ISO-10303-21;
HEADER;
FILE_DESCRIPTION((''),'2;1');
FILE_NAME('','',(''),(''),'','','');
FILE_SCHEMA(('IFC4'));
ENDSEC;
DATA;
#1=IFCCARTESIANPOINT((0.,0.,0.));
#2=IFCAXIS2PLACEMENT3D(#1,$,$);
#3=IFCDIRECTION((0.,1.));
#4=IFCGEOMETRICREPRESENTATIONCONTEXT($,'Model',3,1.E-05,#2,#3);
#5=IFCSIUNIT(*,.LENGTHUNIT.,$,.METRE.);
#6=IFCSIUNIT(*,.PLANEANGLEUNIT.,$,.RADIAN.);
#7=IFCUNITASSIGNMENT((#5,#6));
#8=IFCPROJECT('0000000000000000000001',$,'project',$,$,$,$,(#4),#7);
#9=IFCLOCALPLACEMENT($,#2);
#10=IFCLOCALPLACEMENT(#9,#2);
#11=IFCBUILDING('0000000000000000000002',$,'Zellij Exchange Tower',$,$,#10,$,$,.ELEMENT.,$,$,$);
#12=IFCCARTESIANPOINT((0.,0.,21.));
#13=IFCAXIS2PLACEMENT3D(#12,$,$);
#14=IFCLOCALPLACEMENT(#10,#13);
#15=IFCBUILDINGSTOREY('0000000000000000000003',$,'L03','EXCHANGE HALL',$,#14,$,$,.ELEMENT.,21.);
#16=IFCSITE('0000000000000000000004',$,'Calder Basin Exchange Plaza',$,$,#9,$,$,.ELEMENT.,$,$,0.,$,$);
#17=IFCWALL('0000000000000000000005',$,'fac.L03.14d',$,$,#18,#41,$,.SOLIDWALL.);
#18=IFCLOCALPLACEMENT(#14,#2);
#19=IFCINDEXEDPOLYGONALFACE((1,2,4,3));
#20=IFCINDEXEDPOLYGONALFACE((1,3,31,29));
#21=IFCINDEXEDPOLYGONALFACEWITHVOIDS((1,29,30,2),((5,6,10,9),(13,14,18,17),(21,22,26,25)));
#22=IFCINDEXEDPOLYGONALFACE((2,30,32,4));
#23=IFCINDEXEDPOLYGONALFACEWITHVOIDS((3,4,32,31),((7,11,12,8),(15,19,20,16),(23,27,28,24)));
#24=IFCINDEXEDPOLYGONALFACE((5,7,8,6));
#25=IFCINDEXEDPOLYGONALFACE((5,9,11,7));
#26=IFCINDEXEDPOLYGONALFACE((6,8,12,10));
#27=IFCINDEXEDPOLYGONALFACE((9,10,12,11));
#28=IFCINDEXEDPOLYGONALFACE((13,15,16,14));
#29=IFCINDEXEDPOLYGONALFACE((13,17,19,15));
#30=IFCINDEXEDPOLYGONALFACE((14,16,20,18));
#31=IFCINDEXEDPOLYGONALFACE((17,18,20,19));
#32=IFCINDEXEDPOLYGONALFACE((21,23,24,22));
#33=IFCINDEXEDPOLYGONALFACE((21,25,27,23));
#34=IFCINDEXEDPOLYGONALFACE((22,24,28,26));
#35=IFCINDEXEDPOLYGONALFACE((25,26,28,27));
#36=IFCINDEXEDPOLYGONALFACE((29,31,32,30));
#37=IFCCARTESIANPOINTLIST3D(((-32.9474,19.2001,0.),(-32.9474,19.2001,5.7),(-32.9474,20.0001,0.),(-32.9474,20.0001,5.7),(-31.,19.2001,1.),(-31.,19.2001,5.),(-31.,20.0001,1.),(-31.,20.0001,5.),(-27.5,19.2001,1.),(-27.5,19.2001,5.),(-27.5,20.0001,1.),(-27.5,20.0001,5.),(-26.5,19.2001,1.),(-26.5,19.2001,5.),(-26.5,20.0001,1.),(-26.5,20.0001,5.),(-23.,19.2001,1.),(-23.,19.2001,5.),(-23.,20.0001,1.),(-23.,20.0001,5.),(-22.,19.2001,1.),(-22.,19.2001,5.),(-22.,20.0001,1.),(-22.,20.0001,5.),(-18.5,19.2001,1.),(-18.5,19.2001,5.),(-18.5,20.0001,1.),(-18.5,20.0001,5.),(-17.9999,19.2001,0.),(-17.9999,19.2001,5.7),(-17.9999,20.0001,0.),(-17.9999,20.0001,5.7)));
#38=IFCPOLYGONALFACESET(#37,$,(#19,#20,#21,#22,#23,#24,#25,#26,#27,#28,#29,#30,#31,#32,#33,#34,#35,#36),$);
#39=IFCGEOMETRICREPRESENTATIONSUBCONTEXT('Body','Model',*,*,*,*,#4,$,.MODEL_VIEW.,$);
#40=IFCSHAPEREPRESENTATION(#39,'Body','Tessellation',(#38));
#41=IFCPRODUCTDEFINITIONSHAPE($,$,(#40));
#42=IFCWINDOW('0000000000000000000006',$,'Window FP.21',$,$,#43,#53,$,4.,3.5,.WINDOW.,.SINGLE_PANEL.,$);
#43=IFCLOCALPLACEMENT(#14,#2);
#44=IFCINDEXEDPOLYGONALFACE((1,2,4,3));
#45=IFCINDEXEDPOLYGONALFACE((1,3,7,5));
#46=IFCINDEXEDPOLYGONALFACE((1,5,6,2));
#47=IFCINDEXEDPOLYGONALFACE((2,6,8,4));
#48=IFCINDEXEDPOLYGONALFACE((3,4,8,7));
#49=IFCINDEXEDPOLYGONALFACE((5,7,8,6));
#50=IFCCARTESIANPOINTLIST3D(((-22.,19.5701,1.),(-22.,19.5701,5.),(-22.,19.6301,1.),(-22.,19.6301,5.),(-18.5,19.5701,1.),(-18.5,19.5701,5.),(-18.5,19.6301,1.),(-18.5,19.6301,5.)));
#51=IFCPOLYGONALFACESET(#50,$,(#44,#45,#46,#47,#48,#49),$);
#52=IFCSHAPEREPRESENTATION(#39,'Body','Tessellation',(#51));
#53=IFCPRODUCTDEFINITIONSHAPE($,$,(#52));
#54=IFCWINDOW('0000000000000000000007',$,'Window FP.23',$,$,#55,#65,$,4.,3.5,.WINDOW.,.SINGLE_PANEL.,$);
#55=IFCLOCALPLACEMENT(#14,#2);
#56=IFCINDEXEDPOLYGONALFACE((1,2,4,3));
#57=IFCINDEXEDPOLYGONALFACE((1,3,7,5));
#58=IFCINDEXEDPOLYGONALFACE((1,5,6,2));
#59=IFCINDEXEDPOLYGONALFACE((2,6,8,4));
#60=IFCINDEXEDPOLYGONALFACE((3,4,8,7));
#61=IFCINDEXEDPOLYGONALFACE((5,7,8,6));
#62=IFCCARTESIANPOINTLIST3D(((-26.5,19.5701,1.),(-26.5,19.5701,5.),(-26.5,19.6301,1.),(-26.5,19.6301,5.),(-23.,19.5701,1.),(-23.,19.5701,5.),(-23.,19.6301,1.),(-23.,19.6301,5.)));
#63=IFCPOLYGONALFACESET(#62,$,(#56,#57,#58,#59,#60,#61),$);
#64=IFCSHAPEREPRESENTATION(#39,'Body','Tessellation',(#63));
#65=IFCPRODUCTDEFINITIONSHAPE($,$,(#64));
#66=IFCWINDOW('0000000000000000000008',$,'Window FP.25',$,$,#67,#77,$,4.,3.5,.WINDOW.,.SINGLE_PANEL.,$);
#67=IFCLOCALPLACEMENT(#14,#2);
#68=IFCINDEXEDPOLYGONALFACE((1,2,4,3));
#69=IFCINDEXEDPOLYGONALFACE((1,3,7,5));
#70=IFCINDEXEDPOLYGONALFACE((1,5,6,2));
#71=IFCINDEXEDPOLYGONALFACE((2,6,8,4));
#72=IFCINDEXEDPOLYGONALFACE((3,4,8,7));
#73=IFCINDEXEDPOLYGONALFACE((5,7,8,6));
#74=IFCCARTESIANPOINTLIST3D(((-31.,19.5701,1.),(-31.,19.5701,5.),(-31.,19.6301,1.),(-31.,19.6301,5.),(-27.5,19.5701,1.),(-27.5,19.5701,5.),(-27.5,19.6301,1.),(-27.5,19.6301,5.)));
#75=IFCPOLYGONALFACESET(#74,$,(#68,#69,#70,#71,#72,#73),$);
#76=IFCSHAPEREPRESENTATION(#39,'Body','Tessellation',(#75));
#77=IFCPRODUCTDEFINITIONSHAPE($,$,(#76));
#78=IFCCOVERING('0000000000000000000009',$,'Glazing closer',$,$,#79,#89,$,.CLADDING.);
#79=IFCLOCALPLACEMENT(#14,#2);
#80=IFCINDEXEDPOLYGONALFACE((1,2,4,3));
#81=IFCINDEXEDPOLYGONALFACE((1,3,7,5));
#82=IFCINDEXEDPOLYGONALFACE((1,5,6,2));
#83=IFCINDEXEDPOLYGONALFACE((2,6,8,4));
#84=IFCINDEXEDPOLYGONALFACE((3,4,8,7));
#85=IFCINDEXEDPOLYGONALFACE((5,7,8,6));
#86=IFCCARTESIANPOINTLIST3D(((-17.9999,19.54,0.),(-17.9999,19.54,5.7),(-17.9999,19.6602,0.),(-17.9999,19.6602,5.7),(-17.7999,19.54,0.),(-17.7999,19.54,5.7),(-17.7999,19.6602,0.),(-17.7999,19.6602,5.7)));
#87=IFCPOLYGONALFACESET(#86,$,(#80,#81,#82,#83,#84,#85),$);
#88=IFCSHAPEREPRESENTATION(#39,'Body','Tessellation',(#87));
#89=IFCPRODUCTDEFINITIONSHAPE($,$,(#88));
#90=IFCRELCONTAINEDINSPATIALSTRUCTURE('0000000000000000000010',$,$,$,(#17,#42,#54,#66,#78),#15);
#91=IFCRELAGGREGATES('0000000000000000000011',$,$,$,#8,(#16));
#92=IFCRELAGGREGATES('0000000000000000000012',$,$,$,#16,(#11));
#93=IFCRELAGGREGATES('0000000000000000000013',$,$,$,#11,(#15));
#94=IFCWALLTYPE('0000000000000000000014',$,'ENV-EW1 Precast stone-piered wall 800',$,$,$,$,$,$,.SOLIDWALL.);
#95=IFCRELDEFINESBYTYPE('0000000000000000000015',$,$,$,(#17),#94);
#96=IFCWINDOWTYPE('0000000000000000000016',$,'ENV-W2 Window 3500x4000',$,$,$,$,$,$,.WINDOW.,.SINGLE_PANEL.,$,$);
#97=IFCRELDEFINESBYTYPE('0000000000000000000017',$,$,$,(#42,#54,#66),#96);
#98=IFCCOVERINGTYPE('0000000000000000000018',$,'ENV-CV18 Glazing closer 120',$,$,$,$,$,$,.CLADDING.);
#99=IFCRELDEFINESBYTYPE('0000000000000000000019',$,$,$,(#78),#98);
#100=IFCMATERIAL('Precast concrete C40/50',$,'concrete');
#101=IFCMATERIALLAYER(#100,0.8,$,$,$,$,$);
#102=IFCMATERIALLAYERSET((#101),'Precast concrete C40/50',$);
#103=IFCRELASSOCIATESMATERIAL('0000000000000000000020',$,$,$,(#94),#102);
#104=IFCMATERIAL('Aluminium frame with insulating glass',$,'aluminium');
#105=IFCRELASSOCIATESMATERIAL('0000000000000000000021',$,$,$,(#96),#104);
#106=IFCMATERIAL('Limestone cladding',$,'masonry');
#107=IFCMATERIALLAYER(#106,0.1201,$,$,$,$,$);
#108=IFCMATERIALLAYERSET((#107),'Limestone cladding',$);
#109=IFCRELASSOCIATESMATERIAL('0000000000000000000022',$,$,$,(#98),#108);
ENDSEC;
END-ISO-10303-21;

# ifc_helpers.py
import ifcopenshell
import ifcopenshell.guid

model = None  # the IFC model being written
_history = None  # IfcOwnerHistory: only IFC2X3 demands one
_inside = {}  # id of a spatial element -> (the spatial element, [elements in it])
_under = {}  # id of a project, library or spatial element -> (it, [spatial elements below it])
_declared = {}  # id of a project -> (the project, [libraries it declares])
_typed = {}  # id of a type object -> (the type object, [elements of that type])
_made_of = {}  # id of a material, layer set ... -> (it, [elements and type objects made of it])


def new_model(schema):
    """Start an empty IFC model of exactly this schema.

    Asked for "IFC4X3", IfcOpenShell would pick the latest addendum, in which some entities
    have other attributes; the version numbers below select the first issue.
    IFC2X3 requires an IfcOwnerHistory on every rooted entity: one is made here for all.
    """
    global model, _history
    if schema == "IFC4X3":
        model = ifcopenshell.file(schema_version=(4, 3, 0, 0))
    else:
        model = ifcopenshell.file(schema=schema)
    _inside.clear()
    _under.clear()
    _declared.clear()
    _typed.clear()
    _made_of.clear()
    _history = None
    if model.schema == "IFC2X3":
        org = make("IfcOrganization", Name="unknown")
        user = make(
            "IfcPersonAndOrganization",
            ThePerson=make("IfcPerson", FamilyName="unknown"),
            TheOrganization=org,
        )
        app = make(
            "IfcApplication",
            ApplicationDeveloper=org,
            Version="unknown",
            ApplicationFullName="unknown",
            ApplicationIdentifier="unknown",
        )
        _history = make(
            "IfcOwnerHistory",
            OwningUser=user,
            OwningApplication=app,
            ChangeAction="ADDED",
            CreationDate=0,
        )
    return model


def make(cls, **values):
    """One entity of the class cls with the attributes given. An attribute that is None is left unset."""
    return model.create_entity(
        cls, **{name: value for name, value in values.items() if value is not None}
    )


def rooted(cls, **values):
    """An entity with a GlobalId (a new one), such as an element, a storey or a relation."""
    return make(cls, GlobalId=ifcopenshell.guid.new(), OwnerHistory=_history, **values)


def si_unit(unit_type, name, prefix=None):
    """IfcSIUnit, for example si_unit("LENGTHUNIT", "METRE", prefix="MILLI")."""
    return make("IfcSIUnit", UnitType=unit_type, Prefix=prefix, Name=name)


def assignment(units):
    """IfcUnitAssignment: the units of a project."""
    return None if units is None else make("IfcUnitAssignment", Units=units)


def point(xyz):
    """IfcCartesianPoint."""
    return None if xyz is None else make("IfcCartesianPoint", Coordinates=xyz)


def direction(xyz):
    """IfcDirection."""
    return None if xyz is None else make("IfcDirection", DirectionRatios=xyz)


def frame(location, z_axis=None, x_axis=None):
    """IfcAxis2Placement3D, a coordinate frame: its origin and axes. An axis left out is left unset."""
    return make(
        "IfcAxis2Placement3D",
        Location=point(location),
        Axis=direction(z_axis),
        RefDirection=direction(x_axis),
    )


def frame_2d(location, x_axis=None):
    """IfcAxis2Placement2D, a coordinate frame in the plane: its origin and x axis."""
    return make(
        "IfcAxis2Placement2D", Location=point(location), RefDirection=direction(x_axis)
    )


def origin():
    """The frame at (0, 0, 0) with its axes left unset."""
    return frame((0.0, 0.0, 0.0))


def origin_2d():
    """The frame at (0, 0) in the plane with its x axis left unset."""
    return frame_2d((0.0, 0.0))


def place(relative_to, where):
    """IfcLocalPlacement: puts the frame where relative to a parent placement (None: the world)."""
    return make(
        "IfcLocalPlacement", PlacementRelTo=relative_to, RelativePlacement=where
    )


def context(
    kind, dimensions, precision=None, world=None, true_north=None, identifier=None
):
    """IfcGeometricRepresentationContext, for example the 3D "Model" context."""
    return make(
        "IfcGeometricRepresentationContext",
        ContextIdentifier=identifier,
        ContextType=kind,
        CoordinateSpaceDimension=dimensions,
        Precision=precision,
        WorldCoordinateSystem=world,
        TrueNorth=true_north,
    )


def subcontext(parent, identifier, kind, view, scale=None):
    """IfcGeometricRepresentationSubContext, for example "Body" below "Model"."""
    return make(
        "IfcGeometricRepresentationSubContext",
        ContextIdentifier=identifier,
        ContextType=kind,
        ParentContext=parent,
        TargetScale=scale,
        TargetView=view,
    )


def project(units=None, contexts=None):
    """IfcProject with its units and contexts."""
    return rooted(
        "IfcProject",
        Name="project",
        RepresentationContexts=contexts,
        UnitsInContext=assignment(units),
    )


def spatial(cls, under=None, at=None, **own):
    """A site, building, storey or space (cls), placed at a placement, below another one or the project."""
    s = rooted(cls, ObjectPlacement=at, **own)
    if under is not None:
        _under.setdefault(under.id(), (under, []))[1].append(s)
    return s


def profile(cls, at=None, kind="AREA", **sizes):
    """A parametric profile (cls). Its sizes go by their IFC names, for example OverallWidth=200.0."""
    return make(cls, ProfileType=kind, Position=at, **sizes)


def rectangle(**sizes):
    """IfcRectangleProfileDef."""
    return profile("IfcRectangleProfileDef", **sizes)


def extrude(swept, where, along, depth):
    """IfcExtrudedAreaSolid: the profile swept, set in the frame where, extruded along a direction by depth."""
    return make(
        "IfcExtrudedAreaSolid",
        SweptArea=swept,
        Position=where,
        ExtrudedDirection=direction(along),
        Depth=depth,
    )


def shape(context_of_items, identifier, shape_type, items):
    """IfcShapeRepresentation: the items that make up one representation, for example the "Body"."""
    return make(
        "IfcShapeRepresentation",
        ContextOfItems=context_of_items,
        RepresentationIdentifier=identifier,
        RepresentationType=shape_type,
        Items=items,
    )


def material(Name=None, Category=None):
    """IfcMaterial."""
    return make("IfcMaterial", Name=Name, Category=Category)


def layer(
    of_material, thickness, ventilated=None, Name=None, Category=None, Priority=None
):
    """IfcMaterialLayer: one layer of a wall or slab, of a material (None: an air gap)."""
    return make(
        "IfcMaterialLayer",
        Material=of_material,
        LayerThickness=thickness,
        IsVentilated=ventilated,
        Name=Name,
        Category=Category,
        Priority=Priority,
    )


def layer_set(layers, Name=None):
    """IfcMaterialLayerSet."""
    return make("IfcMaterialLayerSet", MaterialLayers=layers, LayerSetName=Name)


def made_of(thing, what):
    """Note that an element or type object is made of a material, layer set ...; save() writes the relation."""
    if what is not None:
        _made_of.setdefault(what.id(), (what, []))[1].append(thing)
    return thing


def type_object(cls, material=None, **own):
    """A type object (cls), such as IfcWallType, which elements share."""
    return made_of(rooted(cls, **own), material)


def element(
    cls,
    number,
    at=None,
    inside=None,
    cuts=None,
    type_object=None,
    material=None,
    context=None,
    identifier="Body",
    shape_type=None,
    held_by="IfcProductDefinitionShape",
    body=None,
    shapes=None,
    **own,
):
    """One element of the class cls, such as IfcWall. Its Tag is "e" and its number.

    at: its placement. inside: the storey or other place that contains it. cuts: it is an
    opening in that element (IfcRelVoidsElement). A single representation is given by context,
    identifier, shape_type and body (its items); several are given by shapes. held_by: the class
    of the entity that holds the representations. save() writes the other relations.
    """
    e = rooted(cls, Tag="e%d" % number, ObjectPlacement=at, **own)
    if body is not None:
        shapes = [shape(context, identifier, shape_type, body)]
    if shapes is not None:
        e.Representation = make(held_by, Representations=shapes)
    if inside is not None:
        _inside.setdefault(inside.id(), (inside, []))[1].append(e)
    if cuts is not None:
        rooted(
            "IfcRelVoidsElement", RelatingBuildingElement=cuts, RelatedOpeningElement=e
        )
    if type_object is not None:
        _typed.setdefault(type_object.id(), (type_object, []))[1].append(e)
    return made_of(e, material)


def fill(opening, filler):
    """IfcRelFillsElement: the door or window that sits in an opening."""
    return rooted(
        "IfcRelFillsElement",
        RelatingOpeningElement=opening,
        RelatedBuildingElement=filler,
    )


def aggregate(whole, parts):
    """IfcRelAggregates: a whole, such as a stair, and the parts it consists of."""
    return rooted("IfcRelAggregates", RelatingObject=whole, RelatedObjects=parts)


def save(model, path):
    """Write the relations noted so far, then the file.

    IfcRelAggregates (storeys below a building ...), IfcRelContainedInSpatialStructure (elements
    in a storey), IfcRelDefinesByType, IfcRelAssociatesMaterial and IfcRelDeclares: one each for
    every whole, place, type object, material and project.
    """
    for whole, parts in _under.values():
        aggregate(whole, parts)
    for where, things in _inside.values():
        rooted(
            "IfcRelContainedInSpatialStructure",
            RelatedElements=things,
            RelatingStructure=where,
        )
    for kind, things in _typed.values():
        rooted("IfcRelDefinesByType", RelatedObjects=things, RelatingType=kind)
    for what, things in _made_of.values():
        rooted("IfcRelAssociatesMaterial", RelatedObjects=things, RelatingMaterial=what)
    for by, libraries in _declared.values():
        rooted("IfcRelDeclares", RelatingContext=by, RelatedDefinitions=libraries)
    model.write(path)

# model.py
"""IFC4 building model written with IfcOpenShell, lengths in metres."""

from ifc_helpers import new_model, si_unit, direction, frame, frame_2d, origin, origin_2d, place, context, subcontext, project, spatial, rectangle, extrude, material, layer, layer_set, type_object, element, fill, save


model = new_model("IFC4")

# Units and contexts
model_context = context("Model", 3, precision=1e-05, world=origin(), true_north=direction((0.0, 1.0)))
body_context = subcontext(model_context, "Body", "Model", "MODEL_VIEW")
ifc_project = project(units=[si_unit("LENGTHUNIT", "METRE"), si_unit("PLANEANGLEUNIT", "RADIAN")], contexts=[model_context])

# Site, building, storey
site_placement = place(None, origin())
site = spatial("IfcSite", under=ifc_project, at=site_placement, Name="Calder Basin Exchange Plaza", CompositionType="ELEMENT", RefElevation=0.0)
building_placement = place(site_placement, origin())
building = spatial("IfcBuilding", under=site, at=building_placement, Name="Zellij Exchange Tower", CompositionType="ELEMENT")
storey_placement = place(building_placement, frame((0.0, 0.0, 21.0)))
storey = spatial("IfcBuildingStorey", under=building, at=storey_placement, Name="L03", Description="EXCHANGE HALL", CompositionType="ELEMENT", Elevation=21.0)

# Wall, openings, windows
ifc_material_1 = material(Name="Precast concrete C40/50", Category="concrete")
ifc_layer_1 = layer(ifc_material_1, 0.8)
ifc_layer_set_1 = layer_set([ifc_layer_1], Name="Precast concrete C40/50")
wall_type = type_object("IfcWallType", Name="ENV-EW1 Precast stone-piered wall 800", PredefinedType="SOLIDWALL", material=ifc_layer_set_1)
wall_placement = place(storey_placement, frame((-18.0, 19.6001, 0.0), z_axis=(0.0, 0.0, 1.0), x_axis=(-1.0, 0.0, 0.0)))
wall = element("IfcWall", 1, at=wall_placement, inside=storey, type_object=wall_type, Name="fac.L03.14d", PredefinedType="SOLIDWALL", context=body_context, shape_type="SweptSolid", body=[
    extrude(rectangle(XDim=14.9475, YDim=0.8, at=frame_2d((7.4736, 0.0))), origin(), (0.0, 0.0, 1.0), 5.7),
])
opening_1_placement = place(wall_placement, frame((0.5, 0.0, 1.0)))
opening_1 = element("IfcOpeningElement", 2, at=opening_1_placement, cuts=wall, PredefinedType="OPENING", context=body_context, shape_type="SweptSolid", body=[
    extrude(rectangle(XDim=3.5, YDim=4.0, at=frame_2d((1.75, 2.0))), frame((0.0, 0.4121, 0.0), z_axis=(0.0, -1.0, 0.0), x_axis=(1.0, 0.0, 0.0)), (0.0, 0.0, 1.0), 0.824),
])
opening_2_placement = place(wall_placement, frame((5.0, 0.0, 1.0)))
opening_2 = element("IfcOpeningElement", 3, at=opening_2_placement, cuts=wall, PredefinedType="OPENING", context=body_context, shape_type="SweptSolid", body=[
    extrude(rectangle(XDim=3.5, YDim=4.0, at=frame_2d((1.75, 2.0))), frame((0.0, 0.4121, 0.0), z_axis=(0.0, -1.0, 0.0), x_axis=(1.0, 0.0, 0.0)), (0.0, 0.0, 1.0), 0.824),
])
opening_3_placement = place(wall_placement, frame((9.5, 0.0, 1.0)))
opening_3 = element("IfcOpeningElement", 4, at=opening_3_placement, cuts=wall, PredefinedType="OPENING", context=body_context, shape_type="SweptSolid", body=[
    extrude(rectangle(XDim=3.5, YDim=4.0, at=frame_2d((1.75, 2.0))), frame((0.0, 0.4121, 0.0), z_axis=(0.0, -1.0, 0.0), x_axis=(1.0, 0.0, 0.0)), (0.0, 0.0, 1.0), 0.824),
])
ifc_material_2 = material(Name="Aluminium frame with insulating glass", Category="aluminium")
window_type = type_object("IfcWindowType", Name="ENV-W2 Window 3500x4000", PartitioningType="SINGLE_PANEL", PredefinedType="WINDOW", material=ifc_material_2)
window_1_placement = place(opening_1_placement, origin())
window_1 = element("IfcWindow", 5, at=window_1_placement, inside=storey, type_object=window_type, Name="Window FP.21", OverallHeight=4.0, OverallWidth=3.5, PartitioningType="SINGLE_PANEL", PredefinedType="WINDOW", context=body_context, shape_type="SweptSolid", body=[
    extrude(rectangle(XDim=3.5, YDim=4.0, at=frame_2d((1.75, 2.0))), frame((0.0, 0.03, 0.0), z_axis=(0.0, -1.0, 0.0), x_axis=(1.0, 0.0, 0.0)), (0.0, 0.0, 1.0), 0.0601),
])
fill(opening_1, window_1)
window_2_placement = place(opening_2_placement, origin())
window_2 = element("IfcWindow", 6, at=window_2_placement, inside=storey, type_object=window_type, Name="Window FP.23", OverallHeight=4.0, OverallWidth=3.5, PartitioningType="SINGLE_PANEL", PredefinedType="WINDOW", context=body_context, shape_type="SweptSolid", body=[
    extrude(rectangle(XDim=3.5, YDim=4.0, at=frame_2d((1.75, 2.0))), frame((0.0, 0.03, 0.0), z_axis=(0.0, -1.0, 0.0), x_axis=(1.0, 0.0, 0.0)), (0.0, 0.0, 1.0), 0.0601),
])
fill(opening_2, window_2)
window_3_placement = place(opening_3_placement, origin())
window_3 = element("IfcWindow", 7, at=window_3_placement, inside=storey, type_object=window_type, Name="Window FP.25", OverallHeight=4.0, OverallWidth=3.5, PartitioningType="SINGLE_PANEL", PredefinedType="WINDOW", context=body_context, shape_type="SweptSolid", body=[
    extrude(rectangle(XDim=3.5, YDim=4.0, at=frame_2d((1.75, 2.0))), frame((0.0, 0.03, 0.0), z_axis=(0.0, -1.0, 0.0), x_axis=(1.0, 0.0, 0.0)), (0.0, 0.0, 1.0), 0.0601),
])
fill(opening_3, window_3)

# Covering
ifc_material_3 = material(Name="Limestone cladding", Category="masonry")
ifc_layer_2 = layer(ifc_material_3, 0.1201)
ifc_layer_set_2 = layer_set([ifc_layer_2], Name="Limestone cladding")
covering_type_1 = type_object("IfcCoveringType", Name="ENV-CV18 Glazing closer 120", PredefinedType="CLADDING", material=ifc_layer_set_2)
covering_1_placement = place(storey_placement, frame((-17.8999, 19.6001, 0.0), z_axis=(0.0, 0.0, 1.0), x_axis=(-1.0, 0.0, 0.0)))
element("IfcCovering", 8, at=covering_1_placement, inside=storey, type_object=covering_type_1, Name="Glazing closer", PredefinedType="CLADDING", context=body_context, shape_type="SweptSolid", body=[
    extrude(rectangle(XDim=0.2, YDim=0.1201, at=origin_2d()), origin(), (0.0, 0.0, 1.0), 5.7),
])

save(model, "model.ifc")
